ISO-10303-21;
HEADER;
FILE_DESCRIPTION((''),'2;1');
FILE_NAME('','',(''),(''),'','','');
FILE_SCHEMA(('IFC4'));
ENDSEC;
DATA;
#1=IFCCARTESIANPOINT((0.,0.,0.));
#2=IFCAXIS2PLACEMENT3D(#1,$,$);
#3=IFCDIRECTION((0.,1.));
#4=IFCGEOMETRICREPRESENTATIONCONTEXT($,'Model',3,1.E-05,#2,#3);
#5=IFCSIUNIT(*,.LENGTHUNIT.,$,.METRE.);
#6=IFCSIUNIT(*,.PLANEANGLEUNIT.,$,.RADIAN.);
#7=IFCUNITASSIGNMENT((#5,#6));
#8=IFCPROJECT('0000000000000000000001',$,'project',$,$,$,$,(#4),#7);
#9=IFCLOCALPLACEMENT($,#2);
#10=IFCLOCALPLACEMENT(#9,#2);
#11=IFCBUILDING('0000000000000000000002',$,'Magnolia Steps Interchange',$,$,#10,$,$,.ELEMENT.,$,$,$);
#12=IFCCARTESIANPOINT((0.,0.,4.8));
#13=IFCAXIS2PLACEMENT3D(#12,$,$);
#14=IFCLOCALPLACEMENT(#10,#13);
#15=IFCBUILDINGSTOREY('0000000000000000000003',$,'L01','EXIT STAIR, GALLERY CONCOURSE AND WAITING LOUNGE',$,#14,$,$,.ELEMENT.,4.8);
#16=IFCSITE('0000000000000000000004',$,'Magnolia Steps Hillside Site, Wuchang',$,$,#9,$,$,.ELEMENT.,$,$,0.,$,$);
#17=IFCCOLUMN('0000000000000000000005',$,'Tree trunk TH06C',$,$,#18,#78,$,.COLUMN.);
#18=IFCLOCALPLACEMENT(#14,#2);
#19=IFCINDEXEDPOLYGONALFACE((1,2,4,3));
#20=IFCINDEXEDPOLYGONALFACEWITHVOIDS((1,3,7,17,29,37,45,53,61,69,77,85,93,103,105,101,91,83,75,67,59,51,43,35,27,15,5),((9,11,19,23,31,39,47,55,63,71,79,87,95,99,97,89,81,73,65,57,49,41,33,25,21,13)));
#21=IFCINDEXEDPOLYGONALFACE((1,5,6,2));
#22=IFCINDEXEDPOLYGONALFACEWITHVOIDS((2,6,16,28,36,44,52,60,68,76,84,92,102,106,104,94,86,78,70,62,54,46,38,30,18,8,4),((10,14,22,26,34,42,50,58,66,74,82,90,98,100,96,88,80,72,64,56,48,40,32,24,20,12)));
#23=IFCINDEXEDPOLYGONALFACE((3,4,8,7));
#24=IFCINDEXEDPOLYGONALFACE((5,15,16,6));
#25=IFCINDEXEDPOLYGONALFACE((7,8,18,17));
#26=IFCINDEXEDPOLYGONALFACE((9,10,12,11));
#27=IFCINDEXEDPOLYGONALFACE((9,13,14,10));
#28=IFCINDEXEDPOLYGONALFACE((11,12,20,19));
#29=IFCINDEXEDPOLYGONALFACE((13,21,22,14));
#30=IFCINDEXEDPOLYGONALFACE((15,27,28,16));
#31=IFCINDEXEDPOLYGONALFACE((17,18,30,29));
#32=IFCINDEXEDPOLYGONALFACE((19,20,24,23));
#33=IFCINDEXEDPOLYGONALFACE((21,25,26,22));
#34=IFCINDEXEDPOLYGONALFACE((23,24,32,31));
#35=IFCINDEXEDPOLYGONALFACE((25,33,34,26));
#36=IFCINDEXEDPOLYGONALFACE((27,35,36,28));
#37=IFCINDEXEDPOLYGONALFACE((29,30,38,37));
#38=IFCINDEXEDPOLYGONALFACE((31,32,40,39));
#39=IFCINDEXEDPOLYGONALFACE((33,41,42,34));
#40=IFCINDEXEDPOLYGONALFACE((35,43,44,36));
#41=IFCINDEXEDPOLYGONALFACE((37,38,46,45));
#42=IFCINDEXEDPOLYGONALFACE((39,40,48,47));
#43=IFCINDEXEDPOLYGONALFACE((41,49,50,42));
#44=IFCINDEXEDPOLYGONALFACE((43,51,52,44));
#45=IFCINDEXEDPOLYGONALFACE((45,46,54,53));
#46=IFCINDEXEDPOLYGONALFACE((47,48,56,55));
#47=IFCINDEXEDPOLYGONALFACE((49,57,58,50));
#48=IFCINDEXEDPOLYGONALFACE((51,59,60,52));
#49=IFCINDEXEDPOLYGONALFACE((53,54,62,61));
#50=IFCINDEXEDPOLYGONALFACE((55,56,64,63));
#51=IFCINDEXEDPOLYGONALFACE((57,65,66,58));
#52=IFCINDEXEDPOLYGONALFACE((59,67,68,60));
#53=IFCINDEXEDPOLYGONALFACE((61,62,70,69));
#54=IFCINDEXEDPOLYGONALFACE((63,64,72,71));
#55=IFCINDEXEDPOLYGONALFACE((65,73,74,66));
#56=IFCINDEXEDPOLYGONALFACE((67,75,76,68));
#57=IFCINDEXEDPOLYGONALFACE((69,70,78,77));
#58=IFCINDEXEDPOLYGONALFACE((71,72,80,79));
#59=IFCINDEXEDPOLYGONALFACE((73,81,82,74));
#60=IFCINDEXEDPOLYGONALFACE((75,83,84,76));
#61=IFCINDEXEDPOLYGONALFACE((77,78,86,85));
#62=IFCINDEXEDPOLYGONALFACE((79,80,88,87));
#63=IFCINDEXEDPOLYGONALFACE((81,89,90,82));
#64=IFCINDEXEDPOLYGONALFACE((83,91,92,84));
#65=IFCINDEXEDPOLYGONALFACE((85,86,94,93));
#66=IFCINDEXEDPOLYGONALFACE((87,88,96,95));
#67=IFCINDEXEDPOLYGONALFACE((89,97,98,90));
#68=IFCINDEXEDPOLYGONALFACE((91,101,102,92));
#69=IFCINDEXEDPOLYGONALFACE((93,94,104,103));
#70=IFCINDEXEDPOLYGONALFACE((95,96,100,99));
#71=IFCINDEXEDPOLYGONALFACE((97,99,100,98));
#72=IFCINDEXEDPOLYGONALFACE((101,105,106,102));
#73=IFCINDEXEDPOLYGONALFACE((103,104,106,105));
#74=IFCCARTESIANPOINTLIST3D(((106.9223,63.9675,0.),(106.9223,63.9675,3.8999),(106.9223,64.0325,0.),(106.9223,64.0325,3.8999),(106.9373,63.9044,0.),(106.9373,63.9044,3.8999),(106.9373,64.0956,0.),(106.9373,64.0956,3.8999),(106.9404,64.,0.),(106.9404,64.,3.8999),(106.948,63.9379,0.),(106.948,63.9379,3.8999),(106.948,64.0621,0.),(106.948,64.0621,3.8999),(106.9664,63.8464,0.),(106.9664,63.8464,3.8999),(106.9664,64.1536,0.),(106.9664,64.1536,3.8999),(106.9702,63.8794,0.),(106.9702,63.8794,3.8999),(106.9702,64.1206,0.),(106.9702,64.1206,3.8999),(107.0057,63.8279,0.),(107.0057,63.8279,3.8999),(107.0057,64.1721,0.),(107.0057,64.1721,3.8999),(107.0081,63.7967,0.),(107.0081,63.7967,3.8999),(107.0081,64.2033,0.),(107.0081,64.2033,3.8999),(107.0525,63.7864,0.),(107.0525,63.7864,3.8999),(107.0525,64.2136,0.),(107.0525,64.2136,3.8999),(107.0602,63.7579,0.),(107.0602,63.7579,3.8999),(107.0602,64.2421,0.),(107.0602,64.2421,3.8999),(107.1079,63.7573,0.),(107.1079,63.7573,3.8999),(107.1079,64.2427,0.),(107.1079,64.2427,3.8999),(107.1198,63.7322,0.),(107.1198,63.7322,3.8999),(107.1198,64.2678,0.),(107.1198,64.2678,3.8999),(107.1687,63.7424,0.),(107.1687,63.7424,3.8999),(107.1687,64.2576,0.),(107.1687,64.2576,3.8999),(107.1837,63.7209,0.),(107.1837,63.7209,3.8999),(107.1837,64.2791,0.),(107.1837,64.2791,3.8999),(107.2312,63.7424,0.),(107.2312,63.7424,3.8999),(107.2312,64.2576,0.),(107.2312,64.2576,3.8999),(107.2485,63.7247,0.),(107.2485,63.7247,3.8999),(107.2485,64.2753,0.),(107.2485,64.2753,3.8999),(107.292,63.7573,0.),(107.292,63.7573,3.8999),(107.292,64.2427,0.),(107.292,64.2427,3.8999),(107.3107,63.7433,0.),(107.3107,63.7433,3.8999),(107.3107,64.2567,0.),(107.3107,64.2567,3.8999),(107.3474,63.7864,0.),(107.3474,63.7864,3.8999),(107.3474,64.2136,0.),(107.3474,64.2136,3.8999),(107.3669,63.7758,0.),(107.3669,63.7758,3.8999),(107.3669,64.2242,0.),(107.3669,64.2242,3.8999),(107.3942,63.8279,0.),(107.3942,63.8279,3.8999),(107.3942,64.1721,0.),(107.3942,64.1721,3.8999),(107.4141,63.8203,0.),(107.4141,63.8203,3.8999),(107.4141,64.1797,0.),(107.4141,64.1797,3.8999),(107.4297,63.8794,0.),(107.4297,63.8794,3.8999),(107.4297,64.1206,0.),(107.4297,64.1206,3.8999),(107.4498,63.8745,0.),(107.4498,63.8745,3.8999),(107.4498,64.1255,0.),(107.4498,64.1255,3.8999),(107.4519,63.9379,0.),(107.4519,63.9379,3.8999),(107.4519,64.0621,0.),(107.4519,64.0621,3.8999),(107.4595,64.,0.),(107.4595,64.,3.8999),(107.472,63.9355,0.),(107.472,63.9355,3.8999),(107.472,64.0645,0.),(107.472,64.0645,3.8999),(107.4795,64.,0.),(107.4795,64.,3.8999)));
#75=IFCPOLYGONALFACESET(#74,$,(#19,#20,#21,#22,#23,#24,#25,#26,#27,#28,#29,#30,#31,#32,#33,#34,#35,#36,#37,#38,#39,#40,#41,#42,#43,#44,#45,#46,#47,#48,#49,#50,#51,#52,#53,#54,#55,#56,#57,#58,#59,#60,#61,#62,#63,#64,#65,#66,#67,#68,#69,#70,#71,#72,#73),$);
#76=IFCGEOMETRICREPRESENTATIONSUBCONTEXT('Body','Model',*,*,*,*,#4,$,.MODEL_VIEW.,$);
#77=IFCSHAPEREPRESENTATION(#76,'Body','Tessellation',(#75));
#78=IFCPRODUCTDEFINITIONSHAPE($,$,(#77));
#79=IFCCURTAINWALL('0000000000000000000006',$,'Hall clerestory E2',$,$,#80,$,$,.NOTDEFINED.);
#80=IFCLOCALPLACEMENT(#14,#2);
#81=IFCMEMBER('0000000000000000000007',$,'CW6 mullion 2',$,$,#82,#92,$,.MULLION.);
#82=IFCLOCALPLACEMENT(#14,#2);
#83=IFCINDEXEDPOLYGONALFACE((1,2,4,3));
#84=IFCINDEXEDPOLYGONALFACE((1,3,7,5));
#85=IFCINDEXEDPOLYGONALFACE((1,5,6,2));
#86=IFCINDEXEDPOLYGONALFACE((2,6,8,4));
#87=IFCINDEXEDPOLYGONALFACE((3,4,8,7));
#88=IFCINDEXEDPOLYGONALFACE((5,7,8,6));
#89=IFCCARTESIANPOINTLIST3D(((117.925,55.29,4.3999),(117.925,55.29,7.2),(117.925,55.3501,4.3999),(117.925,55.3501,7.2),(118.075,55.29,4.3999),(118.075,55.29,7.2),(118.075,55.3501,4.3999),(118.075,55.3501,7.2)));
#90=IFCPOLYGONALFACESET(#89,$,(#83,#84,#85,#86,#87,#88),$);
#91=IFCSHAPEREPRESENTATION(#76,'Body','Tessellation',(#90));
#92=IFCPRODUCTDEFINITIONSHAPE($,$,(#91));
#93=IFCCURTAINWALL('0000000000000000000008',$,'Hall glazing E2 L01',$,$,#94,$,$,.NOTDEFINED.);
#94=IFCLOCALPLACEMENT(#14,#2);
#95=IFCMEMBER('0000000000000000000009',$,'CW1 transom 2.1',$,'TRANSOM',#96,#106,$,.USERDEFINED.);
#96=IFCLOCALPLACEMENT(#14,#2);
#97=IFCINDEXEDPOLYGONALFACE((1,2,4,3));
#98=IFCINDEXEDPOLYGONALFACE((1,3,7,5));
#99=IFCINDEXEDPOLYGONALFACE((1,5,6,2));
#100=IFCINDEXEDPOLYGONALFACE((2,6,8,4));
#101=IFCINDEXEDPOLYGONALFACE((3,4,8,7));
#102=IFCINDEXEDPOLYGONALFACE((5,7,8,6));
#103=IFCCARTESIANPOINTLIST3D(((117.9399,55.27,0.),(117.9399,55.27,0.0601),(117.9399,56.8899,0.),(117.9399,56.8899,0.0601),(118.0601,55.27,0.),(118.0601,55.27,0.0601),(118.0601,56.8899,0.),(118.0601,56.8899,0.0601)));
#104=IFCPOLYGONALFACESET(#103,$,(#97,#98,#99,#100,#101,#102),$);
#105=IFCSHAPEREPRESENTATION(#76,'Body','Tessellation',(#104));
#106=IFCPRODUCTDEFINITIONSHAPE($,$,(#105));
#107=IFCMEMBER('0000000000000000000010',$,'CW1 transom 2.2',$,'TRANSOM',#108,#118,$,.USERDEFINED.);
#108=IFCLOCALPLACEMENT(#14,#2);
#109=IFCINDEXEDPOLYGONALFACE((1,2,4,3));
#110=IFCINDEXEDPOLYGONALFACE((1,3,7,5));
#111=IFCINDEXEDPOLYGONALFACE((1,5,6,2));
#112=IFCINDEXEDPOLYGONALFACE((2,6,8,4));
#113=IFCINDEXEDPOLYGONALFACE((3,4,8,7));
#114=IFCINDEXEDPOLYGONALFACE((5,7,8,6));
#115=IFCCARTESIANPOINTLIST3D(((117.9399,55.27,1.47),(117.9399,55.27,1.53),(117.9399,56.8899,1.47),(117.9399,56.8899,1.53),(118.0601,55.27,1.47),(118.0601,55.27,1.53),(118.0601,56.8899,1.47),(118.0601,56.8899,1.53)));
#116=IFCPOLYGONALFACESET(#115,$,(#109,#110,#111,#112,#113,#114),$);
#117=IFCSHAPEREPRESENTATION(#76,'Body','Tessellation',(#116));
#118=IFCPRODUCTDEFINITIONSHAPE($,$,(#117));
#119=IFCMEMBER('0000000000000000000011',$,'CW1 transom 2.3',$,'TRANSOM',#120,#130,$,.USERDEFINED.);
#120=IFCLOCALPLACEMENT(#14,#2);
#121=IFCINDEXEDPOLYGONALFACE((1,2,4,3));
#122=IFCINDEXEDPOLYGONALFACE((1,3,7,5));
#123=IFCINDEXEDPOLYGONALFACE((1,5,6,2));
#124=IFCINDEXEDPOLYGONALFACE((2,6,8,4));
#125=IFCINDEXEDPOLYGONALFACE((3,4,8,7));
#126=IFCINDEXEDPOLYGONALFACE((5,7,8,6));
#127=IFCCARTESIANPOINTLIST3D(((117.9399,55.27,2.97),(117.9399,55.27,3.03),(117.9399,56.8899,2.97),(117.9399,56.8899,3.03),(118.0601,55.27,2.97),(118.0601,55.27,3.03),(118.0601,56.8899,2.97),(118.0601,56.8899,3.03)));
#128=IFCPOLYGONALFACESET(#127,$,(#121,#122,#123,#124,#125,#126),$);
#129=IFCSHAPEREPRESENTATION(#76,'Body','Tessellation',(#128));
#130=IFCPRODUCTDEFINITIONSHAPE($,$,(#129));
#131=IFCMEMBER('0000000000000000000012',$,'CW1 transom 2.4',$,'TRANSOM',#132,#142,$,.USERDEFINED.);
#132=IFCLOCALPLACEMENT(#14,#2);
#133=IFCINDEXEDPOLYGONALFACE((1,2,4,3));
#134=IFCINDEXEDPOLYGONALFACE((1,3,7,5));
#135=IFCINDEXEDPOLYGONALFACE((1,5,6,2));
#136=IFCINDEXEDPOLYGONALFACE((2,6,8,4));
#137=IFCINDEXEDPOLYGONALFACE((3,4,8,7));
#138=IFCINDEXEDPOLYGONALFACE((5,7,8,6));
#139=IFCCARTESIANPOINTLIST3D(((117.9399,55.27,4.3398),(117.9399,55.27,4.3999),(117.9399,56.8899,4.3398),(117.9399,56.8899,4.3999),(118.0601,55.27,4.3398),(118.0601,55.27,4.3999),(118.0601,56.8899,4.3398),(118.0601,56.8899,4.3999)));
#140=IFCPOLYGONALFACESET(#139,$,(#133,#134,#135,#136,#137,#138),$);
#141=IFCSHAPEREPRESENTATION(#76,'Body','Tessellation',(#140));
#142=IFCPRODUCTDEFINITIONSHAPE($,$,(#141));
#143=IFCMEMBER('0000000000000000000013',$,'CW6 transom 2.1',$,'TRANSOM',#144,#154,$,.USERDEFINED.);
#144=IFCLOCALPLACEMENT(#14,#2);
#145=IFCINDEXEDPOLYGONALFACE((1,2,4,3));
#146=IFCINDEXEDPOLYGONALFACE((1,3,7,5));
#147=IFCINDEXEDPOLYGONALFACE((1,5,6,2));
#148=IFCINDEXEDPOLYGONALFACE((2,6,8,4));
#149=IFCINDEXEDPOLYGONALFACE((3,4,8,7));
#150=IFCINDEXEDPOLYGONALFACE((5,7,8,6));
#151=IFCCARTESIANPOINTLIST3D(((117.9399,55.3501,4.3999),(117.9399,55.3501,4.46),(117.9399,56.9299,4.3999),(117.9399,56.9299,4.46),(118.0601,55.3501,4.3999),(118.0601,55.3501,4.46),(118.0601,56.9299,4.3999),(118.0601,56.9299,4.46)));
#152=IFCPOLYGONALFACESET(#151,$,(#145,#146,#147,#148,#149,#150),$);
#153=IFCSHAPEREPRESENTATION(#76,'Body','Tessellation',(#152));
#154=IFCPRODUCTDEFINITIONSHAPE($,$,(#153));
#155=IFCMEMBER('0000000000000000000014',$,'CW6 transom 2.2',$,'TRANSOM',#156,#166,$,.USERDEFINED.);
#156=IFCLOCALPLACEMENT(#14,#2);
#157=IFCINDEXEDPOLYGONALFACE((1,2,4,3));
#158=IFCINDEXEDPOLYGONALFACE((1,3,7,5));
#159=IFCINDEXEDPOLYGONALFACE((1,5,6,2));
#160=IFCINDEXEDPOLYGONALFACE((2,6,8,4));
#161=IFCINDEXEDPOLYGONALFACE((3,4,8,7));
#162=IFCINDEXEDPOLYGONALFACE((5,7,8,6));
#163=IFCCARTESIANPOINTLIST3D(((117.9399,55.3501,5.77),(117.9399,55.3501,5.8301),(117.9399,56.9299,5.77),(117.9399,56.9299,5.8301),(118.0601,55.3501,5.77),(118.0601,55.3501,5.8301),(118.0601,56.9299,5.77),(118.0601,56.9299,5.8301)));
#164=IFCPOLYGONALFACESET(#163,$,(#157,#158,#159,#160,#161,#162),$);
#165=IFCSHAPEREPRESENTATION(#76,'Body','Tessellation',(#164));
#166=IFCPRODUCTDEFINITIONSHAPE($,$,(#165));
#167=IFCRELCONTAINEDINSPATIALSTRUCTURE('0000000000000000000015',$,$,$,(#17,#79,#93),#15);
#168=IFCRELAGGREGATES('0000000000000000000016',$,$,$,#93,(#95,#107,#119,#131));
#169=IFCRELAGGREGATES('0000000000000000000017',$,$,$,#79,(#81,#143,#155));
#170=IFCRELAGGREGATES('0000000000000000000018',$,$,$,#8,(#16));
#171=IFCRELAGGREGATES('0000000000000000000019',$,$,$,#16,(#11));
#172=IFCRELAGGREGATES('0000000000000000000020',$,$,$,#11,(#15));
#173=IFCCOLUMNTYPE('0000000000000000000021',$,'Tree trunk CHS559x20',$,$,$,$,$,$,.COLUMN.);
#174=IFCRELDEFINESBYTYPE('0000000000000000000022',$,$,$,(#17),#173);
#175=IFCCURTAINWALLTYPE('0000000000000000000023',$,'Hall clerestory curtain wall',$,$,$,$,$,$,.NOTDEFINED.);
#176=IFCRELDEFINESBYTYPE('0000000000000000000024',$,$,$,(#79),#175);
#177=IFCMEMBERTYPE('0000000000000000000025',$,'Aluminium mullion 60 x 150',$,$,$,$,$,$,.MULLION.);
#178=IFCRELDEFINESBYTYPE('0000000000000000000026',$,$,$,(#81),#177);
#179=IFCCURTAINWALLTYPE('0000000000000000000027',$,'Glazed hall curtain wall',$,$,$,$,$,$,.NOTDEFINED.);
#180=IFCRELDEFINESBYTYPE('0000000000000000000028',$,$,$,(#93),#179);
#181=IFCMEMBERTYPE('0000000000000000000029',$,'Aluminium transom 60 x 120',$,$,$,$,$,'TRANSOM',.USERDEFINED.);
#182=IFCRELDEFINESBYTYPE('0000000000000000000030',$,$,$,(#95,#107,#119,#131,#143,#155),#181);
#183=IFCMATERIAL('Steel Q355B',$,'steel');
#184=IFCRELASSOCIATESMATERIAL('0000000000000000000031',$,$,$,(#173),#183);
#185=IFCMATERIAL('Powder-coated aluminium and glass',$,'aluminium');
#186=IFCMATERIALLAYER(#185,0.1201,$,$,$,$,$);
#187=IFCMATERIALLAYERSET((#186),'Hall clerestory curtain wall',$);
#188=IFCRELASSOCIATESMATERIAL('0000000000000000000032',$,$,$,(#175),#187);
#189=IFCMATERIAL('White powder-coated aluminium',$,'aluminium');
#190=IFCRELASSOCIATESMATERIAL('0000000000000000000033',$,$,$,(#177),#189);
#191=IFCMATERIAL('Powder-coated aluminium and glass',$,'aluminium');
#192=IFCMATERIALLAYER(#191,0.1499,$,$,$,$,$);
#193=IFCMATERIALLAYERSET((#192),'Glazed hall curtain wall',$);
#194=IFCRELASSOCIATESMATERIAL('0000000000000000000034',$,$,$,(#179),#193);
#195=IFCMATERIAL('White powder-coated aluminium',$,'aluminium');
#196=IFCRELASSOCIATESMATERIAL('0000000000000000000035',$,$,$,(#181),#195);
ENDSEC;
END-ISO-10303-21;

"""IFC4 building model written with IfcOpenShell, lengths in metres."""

from ifc_helpers import new_model, si_unit, direction, frame, origin, origin_2d, place, context, subcontext, project, spatial, rectangle, hollow_circle, extrude, material, layer, layer_set, material_profile, profile_set, type_object, element, aggregate, save


model = new_model("IFC4")

# Units and contexts
model_context = context("Model", 3, precision=1e-05, world=origin(), true_north=direction((0.0, 1.0)))
body_context = subcontext(model_context, "Body", "Model", "MODEL_VIEW")
ifc_project = project(units=[si_unit("LENGTHUNIT", "METRE"), si_unit("PLANEANGLEUNIT", "RADIAN")], contexts=[model_context])

# Site, building, storey
site_placement = place(None, origin())
site = spatial("IfcSite", under=ifc_project, at=site_placement, Name="Magnolia Steps Hillside Site, Wuchang", CompositionType="ELEMENT", RefElevation=0.0)
building_placement = place(site_placement, origin())
building = spatial("IfcBuilding", under=site, at=building_placement, Name="Magnolia Steps Interchange", CompositionType="ELEMENT")
storey_placement = place(building_placement, frame((0.0, 0.0, 4.8)))
storey = spatial("IfcBuildingStorey", under=building, at=storey_placement, Name="L01", Description="EXIT STAIR, GALLERY CONCOURSE AND WAITING LOUNGE", CompositionType="ELEMENT", Elevation=4.8)

# Column
ifc_material_1 = material(Name="Steel Q355B", Category="steel")
ifc_material_profile_1 = material_profile(ifc_material_1, hollow_circle(Radius=0.2795, WallThickness=0.02, at=origin_2d()), Name="CHS559x20")
ifc_profile_set_1 = profile_set([ifc_material_profile_1], Name="Steel Q355B")
column_type = type_object("IfcColumnType", Name="Tree trunk CHS559x20", PredefinedType="COLUMN", material=ifc_profile_set_1)
column_placement = place(storey_placement, frame((107.2, 64.0, 0.0), z_axis=(0.0, 0.0, 1.0), x_axis=(1.0, 0.0, 0.0)))
element("IfcColumn", 1, at=column_placement, inside=storey, type_object=column_type, Name="Tree trunk TH06C", PredefinedType="COLUMN", context=body_context, shape_type="SweptSolid", body=[
    extrude(hollow_circle(Radius=0.2795, WallThickness=0.02, at=origin_2d()), origin(), (0.0, 0.0, 1.0), 3.8999),
])

# Curtain wall, member
ifc_material_2 = material(Name="Powder-coated aluminium and glass", Category="aluminium")
ifc_layer_1 = layer(ifc_material_2, 0.1201)
ifc_layer_set_1 = layer_set([ifc_layer_1], Name="Hall clerestory curtain wall")
curtain_wall_type_1 = type_object("IfcCurtainWallType", Name="Hall clerestory curtain wall", PredefinedType="NOTDEFINED", material=ifc_layer_set_1)
curtain_wall_1_placement = place(storey_placement, origin())
curtain_wall_1 = element("IfcCurtainWall", 2, at=curtain_wall_1_placement, inside=storey, type_object=curtain_wall_type_1, Name="Hall clerestory E2", PredefinedType="NOTDEFINED")
ifc_material_3 = material(Name="White powder-coated aluminium", Category="aluminium")
ifc_material_profile_2 = material_profile(ifc_material_3, rectangle(XDim=0.0601, YDim=0.1499, at=origin_2d()), Name="Aluminium mullion 60 x 150")
ifc_profile_set_2 = profile_set([ifc_material_profile_2], Name="White powder-coated aluminium")
member_type_1 = type_object("IfcMemberType", Name="Aluminium mullion 60 x 150", PredefinedType="MULLION", material=ifc_profile_set_2)
member_1_placement = place(storey_placement, frame((118.0, 55.3201, 4.3999), z_axis=(0.0, 0.0, 1.0), x_axis=(0.0, 1.0, 0.0)))
member_1 = element("IfcMember", 3, at=member_1_placement, type_object=member_type_1, Name="CW6 mullion 2", PredefinedType="MULLION", context=body_context, shape_type="SweptSolid", body=[
    extrude(rectangle(XDim=0.0601, YDim=0.1499, at=origin_2d()), origin(), (0.0, 0.0, 1.0), 2.8),
])

# Curtain wall, members
ifc_material_4 = material(Name="Powder-coated aluminium and glass", Category="aluminium")
ifc_layer_2 = layer(ifc_material_4, 0.1499)
ifc_layer_set_2 = layer_set([ifc_layer_2], Name="Glazed hall curtain wall")
curtain_wall_type_2 = type_object("IfcCurtainWallType", Name="Glazed hall curtain wall", PredefinedType="NOTDEFINED", material=ifc_layer_set_2)
curtain_wall_2_placement = place(storey_placement, origin())
curtain_wall_2 = element("IfcCurtainWall", 4, at=curtain_wall_2_placement, inside=storey, type_object=curtain_wall_type_2, Name="Hall glazing E2 L01", PredefinedType="NOTDEFINED")
ifc_material_5 = material(Name="White powder-coated aluminium", Category="aluminium")
ifc_material_profile_3 = material_profile(ifc_material_5, rectangle(XDim=0.0601, YDim=0.1201, at=origin_2d()), Name="Aluminium transom 60 x 120")
ifc_profile_set_3 = profile_set([ifc_material_profile_3], Name="White powder-coated aluminium")
member_type_2 = type_object("IfcMemberType", Name="Aluminium transom 60 x 120", ElementType="TRANSOM", PredefinedType="USERDEFINED", material=ifc_profile_set_3)
member_2_placement = place(storey_placement, frame((118.0, 55.27, 0.03), z_axis=(0.0, 1.0, 0.0), x_axis=(0.0, 0.0, 1.0)))
member_2 = element("IfcMember", 5, at=member_2_placement, type_object=member_type_2, Name="CW1 transom 2.1", ObjectType="TRANSOM", PredefinedType="USERDEFINED", context=body_context, shape_type="SweptSolid", body=[
    extrude(rectangle(XDim=0.0601, YDim=0.1201, at=origin_2d()), origin(), (0.0, 0.0, 1.0), 1.6199),
])
member_3_placement = place(storey_placement, frame((118.0, 55.27, 1.5), z_axis=(0.0, 1.0, 0.0), x_axis=(0.0, 0.0, 1.0)))
member_3 = element("IfcMember", 6, at=member_3_placement, type_object=member_type_2, Name="CW1 transom 2.2", ObjectType="TRANSOM", PredefinedType="USERDEFINED", context=body_context, shape_type="SweptSolid", body=[
    extrude(rectangle(XDim=0.0601, YDim=0.1201, at=origin_2d()), origin(), (0.0, 0.0, 1.0), 1.6199),
])
member_4_placement = place(storey_placement, frame((118.0, 55.27, 3.0), z_axis=(0.0, 1.0, 0.0), x_axis=(0.0, 0.0, 1.0)))
member_4 = element("IfcMember", 7, at=member_4_placement, type_object=member_type_2, Name="CW1 transom 2.3", ObjectType="TRANSOM", PredefinedType="USERDEFINED", context=body_context, shape_type="SweptSolid", body=[
    extrude(rectangle(XDim=0.0601, YDim=0.1201, at=origin_2d()), origin(), (0.0, 0.0, 1.0), 1.6199),
])
member_5_placement = place(storey_placement, frame((118.0, 55.27, 4.3699), z_axis=(0.0, 1.0, 0.0), x_axis=(0.0, 0.0, 1.0)))
member_5 = element("IfcMember", 8, at=member_5_placement, type_object=member_type_2, Name="CW1 transom 2.4", ObjectType="TRANSOM", PredefinedType="USERDEFINED", context=body_context, shape_type="SweptSolid", body=[
    extrude(rectangle(XDim=0.0601, YDim=0.1201, at=origin_2d()), origin(), (0.0, 0.0, 1.0), 1.6199),
])
aggregate(curtain_wall_2, [member_2, member_3, member_4, member_5])

# Members
member_6_placement = place(storey_placement, frame((118.0, 55.3501, 4.4299), z_axis=(0.0, 1.0, 0.0), x_axis=(0.0, 0.0, 1.0)))
member_6 = element("IfcMember", 9, at=member_6_placement, type_object=member_type_2, Name="CW6 transom 2.1", ObjectType="TRANSOM", PredefinedType="USERDEFINED", context=body_context, shape_type="SweptSolid", body=[
    extrude(rectangle(XDim=0.0601, YDim=0.1201, at=origin_2d()), origin(), (0.0, 0.0, 1.0), 1.5798),
])
member_7_placement = place(storey_placement, frame((118.0, 55.3501, 5.8), z_axis=(0.0, 1.0, 0.0), x_axis=(0.0, 0.0, 1.0)))
member_7 = element("IfcMember", 10, at=member_7_placement, type_object=member_type_2, Name="CW6 transom 2.2", ObjectType="TRANSOM", PredefinedType="USERDEFINED", context=body_context, shape_type="SweptSolid", body=[
    extrude(rectangle(XDim=0.0601, YDim=0.1201, at=origin_2d()), origin(), (0.0, 0.0, 1.0), 1.5798),
])
aggregate(curtain_wall_1, [member_1, member_6, member_7])

save(model, "model.ifc")
